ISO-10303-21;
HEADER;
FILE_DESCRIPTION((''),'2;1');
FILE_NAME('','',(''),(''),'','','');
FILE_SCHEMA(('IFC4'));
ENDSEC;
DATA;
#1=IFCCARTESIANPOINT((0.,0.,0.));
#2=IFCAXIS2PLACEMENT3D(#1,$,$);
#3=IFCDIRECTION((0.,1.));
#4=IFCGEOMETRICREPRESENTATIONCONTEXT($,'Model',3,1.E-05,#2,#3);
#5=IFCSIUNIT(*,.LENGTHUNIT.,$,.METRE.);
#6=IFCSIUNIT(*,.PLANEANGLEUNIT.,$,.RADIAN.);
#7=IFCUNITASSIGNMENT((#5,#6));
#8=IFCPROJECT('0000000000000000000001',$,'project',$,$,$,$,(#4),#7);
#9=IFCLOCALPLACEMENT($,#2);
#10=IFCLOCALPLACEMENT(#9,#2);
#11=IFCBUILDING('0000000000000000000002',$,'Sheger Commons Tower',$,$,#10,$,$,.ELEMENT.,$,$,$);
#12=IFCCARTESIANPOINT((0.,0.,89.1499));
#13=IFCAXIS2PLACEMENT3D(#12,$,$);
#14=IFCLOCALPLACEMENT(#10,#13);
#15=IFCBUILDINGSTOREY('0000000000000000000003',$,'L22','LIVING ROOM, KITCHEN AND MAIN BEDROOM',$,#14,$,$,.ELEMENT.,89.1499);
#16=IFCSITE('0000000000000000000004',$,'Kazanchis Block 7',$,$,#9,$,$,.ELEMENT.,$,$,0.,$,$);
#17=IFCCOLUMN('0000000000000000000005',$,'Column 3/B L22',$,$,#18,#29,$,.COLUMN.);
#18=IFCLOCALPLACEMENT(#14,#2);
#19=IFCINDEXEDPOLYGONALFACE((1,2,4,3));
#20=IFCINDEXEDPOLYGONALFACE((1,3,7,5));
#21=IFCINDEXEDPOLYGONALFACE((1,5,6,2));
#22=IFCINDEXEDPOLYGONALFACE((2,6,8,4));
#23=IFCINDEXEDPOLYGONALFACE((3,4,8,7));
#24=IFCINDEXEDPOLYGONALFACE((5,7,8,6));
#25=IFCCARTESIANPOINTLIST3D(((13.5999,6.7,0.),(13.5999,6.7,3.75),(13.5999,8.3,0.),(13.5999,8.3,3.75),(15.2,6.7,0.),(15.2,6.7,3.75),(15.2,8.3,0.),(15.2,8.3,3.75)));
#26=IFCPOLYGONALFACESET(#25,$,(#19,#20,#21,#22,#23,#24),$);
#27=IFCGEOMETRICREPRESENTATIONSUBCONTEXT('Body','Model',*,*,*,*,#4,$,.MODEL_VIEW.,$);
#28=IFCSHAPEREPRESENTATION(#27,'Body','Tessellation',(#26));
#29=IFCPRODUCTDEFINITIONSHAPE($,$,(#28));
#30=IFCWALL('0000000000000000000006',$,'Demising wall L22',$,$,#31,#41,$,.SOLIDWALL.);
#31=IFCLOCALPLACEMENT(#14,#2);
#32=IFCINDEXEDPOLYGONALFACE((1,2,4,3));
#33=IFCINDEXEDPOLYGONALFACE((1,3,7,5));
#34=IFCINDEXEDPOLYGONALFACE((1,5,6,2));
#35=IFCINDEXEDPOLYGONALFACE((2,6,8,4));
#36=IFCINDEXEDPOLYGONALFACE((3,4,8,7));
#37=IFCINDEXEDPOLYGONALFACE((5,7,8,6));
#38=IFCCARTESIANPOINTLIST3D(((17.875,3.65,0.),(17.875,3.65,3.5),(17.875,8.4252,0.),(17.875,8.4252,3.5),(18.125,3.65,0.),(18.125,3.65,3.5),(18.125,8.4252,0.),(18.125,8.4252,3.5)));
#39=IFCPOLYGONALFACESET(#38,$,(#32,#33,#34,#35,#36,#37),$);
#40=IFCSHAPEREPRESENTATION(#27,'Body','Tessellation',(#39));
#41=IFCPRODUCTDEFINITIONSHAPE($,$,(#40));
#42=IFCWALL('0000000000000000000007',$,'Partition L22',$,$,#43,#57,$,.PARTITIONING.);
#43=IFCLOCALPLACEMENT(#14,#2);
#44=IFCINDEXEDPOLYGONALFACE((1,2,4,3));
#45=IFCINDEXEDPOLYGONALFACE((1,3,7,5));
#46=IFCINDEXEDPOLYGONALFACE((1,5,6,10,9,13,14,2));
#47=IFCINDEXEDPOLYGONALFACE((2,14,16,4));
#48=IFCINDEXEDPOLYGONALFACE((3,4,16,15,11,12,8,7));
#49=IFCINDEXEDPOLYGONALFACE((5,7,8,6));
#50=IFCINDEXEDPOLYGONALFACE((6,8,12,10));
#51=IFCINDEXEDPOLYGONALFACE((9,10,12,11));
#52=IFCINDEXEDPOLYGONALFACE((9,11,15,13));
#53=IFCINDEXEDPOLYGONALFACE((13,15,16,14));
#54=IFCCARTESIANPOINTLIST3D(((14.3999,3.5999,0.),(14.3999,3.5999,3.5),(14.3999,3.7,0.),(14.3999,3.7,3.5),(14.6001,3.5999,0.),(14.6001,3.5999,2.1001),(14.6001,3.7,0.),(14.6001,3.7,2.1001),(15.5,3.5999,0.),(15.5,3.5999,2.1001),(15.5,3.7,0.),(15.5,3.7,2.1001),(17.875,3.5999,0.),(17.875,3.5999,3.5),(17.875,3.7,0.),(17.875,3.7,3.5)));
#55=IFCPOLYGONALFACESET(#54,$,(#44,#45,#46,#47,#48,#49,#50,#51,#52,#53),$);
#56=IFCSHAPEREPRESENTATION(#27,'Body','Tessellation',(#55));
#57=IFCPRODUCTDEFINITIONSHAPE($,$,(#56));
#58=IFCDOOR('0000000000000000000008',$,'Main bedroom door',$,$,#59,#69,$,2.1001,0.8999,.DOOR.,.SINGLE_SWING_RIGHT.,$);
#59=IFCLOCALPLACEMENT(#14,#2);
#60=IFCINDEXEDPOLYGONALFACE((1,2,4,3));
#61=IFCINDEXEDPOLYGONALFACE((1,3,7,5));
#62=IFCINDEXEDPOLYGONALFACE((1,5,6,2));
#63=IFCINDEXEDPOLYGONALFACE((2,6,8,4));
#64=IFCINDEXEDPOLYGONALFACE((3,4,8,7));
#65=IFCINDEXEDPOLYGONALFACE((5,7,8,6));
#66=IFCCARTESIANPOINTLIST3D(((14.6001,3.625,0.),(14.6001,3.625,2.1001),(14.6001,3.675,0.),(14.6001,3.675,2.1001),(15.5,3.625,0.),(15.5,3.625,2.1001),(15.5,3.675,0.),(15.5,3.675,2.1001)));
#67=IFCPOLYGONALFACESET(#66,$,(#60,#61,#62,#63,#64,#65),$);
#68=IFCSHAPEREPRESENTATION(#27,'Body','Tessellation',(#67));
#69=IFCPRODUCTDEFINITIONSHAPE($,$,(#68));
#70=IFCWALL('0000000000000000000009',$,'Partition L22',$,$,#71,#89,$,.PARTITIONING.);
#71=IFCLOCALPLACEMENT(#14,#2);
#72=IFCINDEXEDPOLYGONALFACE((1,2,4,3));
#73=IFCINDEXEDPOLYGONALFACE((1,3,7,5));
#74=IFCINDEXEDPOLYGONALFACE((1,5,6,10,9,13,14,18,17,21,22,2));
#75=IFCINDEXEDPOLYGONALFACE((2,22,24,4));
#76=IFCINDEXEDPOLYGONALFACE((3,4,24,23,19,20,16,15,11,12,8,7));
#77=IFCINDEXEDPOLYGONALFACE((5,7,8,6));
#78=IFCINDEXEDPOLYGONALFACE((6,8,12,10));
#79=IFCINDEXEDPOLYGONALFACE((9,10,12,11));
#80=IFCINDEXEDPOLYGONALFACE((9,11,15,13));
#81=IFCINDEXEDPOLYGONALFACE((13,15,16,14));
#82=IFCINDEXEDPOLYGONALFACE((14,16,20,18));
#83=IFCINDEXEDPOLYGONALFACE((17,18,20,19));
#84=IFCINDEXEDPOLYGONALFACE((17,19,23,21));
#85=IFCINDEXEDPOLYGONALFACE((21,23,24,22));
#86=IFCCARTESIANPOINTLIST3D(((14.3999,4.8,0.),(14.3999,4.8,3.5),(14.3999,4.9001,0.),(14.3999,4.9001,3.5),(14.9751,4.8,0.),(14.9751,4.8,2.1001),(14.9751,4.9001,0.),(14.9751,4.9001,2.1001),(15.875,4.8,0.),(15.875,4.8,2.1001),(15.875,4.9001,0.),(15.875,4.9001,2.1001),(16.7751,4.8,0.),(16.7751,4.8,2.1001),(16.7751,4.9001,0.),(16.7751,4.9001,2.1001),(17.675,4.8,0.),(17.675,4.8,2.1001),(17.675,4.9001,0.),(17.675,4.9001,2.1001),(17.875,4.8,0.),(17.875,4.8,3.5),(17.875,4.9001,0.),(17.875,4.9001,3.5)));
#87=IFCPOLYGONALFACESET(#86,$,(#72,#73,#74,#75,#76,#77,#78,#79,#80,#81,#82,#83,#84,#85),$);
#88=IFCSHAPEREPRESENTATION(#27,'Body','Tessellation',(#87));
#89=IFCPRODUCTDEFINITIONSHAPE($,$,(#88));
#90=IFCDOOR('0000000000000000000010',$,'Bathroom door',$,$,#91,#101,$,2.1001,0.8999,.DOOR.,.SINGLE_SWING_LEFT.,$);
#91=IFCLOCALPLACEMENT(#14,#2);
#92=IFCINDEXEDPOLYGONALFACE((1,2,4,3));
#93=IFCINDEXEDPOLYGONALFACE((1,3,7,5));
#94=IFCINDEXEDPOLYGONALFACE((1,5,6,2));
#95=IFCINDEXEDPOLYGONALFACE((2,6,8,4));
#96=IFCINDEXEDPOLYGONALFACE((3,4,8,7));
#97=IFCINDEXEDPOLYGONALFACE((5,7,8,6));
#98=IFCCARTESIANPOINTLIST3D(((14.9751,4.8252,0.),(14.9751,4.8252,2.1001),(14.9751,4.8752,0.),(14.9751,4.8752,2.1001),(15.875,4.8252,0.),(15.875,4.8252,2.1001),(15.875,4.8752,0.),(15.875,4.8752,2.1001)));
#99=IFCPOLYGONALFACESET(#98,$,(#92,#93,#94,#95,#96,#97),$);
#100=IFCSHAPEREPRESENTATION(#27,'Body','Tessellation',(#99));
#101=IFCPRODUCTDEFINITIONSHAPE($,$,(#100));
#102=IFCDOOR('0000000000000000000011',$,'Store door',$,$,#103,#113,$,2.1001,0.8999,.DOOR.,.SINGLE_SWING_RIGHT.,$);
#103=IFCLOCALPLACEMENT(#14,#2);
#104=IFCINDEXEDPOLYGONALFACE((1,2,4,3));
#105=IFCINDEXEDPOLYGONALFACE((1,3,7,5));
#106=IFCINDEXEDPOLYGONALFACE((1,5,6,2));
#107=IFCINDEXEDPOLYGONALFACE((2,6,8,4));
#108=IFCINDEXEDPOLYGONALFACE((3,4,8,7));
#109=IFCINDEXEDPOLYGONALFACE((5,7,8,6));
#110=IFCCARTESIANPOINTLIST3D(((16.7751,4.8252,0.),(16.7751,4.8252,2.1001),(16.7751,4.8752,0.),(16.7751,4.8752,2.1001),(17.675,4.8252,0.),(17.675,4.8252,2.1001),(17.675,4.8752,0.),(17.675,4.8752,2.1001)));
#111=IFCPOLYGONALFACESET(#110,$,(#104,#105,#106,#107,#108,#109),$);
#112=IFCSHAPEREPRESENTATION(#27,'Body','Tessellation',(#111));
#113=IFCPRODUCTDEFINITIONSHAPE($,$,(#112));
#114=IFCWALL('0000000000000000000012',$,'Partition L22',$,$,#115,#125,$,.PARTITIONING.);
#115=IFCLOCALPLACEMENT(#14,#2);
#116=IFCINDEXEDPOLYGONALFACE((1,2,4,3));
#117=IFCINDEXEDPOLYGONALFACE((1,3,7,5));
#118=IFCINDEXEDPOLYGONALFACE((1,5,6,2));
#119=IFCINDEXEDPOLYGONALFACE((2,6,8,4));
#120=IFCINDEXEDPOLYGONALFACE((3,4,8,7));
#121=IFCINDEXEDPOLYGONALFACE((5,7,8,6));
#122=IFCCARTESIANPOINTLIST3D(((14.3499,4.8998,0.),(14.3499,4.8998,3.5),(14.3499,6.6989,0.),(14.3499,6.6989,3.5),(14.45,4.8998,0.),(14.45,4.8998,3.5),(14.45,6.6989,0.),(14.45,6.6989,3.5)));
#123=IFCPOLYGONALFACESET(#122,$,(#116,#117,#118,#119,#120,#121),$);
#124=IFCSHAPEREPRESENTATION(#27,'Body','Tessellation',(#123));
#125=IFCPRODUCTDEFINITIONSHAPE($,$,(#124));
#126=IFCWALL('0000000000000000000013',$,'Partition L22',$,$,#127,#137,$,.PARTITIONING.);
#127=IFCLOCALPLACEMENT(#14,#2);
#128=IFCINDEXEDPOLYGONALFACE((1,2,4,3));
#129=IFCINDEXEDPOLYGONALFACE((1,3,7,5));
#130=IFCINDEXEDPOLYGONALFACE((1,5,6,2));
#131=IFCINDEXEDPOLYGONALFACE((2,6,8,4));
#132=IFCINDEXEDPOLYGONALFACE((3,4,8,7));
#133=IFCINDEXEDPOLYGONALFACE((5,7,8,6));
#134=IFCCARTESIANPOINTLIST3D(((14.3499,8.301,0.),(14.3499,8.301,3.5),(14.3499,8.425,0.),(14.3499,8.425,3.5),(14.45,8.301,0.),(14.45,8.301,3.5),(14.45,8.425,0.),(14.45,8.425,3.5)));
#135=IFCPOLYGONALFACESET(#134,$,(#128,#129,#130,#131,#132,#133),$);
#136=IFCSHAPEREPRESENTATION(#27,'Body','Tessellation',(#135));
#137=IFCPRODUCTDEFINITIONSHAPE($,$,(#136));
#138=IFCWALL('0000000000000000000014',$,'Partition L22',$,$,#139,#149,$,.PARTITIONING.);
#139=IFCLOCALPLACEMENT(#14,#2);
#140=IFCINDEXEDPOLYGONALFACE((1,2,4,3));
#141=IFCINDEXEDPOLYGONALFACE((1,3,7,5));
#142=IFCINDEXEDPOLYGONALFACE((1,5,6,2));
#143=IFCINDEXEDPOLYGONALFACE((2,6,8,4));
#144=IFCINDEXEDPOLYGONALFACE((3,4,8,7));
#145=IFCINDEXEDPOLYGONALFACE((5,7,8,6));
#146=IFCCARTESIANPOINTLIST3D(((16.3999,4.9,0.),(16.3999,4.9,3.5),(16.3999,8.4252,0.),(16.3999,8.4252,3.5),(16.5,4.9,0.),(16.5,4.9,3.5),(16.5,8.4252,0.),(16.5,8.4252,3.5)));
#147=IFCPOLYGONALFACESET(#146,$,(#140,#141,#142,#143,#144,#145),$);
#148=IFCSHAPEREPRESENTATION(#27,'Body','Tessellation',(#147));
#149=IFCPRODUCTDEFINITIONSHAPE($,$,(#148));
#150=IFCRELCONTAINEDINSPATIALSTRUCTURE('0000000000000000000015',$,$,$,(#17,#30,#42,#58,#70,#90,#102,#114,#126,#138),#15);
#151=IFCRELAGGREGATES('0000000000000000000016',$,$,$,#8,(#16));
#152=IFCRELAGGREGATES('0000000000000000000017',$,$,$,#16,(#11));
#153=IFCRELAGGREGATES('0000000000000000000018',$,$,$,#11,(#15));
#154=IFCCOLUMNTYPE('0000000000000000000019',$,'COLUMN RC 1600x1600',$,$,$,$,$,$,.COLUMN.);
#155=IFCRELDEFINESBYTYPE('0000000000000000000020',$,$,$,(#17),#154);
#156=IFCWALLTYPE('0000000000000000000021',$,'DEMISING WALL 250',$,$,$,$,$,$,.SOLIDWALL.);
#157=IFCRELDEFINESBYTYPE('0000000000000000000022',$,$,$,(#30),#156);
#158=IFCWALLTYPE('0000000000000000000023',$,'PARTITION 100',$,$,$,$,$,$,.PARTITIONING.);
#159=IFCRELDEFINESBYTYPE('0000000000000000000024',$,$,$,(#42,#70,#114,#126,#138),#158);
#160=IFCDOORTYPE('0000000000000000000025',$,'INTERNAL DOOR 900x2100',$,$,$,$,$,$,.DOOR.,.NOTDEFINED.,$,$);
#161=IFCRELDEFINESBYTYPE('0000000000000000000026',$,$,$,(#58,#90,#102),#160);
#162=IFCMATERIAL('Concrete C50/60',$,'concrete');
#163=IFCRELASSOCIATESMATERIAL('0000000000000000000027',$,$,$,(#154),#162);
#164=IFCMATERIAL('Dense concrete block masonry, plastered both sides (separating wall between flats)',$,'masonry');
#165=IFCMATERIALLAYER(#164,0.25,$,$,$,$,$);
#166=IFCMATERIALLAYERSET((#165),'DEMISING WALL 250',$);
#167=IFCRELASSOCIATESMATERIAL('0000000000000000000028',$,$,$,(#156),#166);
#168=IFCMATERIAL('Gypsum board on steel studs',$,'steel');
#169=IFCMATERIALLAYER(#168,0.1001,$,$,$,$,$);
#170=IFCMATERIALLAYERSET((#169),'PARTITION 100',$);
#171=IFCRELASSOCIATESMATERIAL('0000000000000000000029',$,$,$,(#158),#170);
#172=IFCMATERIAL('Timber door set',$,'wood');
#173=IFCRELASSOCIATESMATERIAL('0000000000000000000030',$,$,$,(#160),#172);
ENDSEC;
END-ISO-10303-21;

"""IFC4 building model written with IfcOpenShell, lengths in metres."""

from ifc_helpers import new_model, si_unit, direction, frame, frame_2d, origin, origin_2d, place, context, subcontext, project, spatial, rectangle, extrude, material, layer, layer_set, material_profile, profile_set, type_object, element, fill, save


model = new_model("IFC4")

# Units and contexts
model_context = context("Model", 3, precision=1e-05, world=origin(), true_north=direction((0.0, 1.0)))
body_context = subcontext(model_context, "Body", "Model", "MODEL_VIEW")
ifc_project = project(units=[si_unit("LENGTHUNIT", "METRE"), si_unit("PLANEANGLEUNIT", "RADIAN")], contexts=[model_context])

# Site, building, storey
site_placement = place(None, origin())
site = spatial("IfcSite", under=ifc_project, at=site_placement, Name="Kazanchis Block 7", CompositionType="ELEMENT", RefElevation=0.0)
building_placement = place(site_placement, origin())
building = spatial("IfcBuilding", under=site, at=building_placement, Name="Sheger Commons Tower", CompositionType="ELEMENT")
storey_placement = place(building_placement, frame((0.0, 0.0, 89.1499)))
storey = spatial("IfcBuildingStorey", under=building, at=storey_placement, Name="L22", Description="LIVING ROOM, KITCHEN AND MAIN BEDROOM", CompositionType="ELEMENT", Elevation=89.1499)

# Column
ifc_material_1 = material(Name="Concrete C50/60", Category="concrete")
ifc_material_profile = material_profile(ifc_material_1, rectangle(XDim=1.6001, YDim=1.6001, at=origin_2d()), Name="RC 1600x1600")
ifc_profile_set = profile_set([ifc_material_profile], Name="Concrete C50/60")
column_type = type_object("IfcColumnType", Name="COLUMN RC 1600x1600", PredefinedType="COLUMN", material=ifc_profile_set)
column_placement = place(storey_placement, frame((14.3999, 7.5, 0.0), z_axis=(0.0, 0.0, 1.0), x_axis=(1.0, 0.0, 0.0)))
element("IfcColumn", 1, at=column_placement, inside=storey, type_object=column_type, Name="Column 3/B L22", PredefinedType="COLUMN", context=body_context, shape_type="SweptSolid", body=[
    extrude(rectangle(XDim=1.6001, YDim=1.6001, at=origin_2d()), origin(), (0.0, 0.0, 1.0), 3.75),
])

# Wall
ifc_material_2 = material(Name="Dense concrete block masonry, plastered both sides (separating wall between flats)", Category="masonry")
ifc_layer_1 = layer(ifc_material_2, 0.25)
ifc_layer_set_1 = layer_set([ifc_layer_1], Name="DEMISING WALL 250")
wall_type_1 = type_object("IfcWallType", Name="DEMISING WALL 250", PredefinedType="SOLIDWALL", material=ifc_layer_set_1)
wall_1_placement = place(storey_placement, frame((18.0, 3.6499, 0.0), z_axis=(0.0, 0.0, 1.0), x_axis=(0.0, 1.0, 0.0)))
element("IfcWall", 2, at=wall_1_placement, inside=storey, type_object=wall_type_1, Name="Demising wall L22", PredefinedType="SOLIDWALL", context=body_context, shape_type="SweptSolid", body=[
    extrude(rectangle(XDim=4.7751, YDim=0.25, at=frame_2d((2.3877, 0.0))), origin(), (0.0, 0.0, 1.0), 3.5),
])

# Wall, opening, door
ifc_material_3 = material(Name="Gypsum board on steel studs", Category="steel")
ifc_layer_2 = layer(ifc_material_3, 0.1001)
ifc_layer_set_2 = layer_set([ifc_layer_2], Name="PARTITION 100")
wall_type_2 = type_object("IfcWallType", Name="PARTITION 100", PredefinedType="PARTITIONING", material=ifc_layer_set_2)
wall_2_placement = place(storey_placement, frame((17.875, 3.6499, 0.0), z_axis=(0.0, 0.0, 1.0), x_axis=(-1.0, 0.0, 0.0)))
wall_2 = element("IfcWall", 3, at=wall_2_placement, inside=storey, type_object=wall_type_2, Name="Partition L22", PredefinedType="PARTITIONING", context=body_context, shape_type="SweptSolid", body=[
    extrude(rectangle(XDim=3.4751, YDim=0.1001, at=frame_2d((1.7375, 0.0))), origin(), (0.0, 0.0, 1.0), 3.5),
])
opening_1_placement = place(wall_2_placement, frame((2.375, 0.0, 0.0)))
opening_1 = element("IfcOpeningElement", 4, at=opening_1_placement, cuts=wall_2, PredefinedType="OPENING", context=body_context, shape_type="SweptSolid", body=[
    extrude(rectangle(XDim=0.8999, YDim=2.1001, at=frame_2d((0.45, 1.05))), frame((0.0, 0.0601, 0.0), z_axis=(0.0, -1.0, 0.0), x_axis=(1.0, 0.0, 0.0)), (0.0, 0.0, 1.0), 0.1201),
])
ifc_material_4 = material(Name="Timber door set", Category="wood")
door_type_1 = type_object("IfcDoorType", Name="INTERNAL DOOR 900x2100", OperationType="NOTDEFINED", PredefinedType="DOOR", material=ifc_material_4)
door_1_placement = place(opening_1_placement, origin())
door_1 = element("IfcDoor", 5, at=door_1_placement, inside=storey, type_object=door_type_1, Name="Main bedroom door", OperationType="SINGLE_SWING_RIGHT", OverallHeight=2.1001, OverallWidth=0.8999, PredefinedType="DOOR", context=body_context, shape_type="SweptSolid", body=[
    extrude(rectangle(XDim=0.8999, YDim=2.1001, at=frame_2d((0.45, 1.05))), frame((0.0, 0.0249, 0.0), z_axis=(0.0, -1.0, 0.0), x_axis=(1.0, 0.0, 0.0)), (0.0, 0.0, 1.0), 0.05),
])
fill(opening_1, door_1)

# Wall, openings, doors
wall_3_placement = place(storey_placement, frame((17.875, 4.8501, 0.0), z_axis=(0.0, 0.0, 1.0), x_axis=(-1.0, 0.0, 0.0)))
wall_3 = element("IfcWall", 6, at=wall_3_placement, inside=storey, type_object=wall_type_2, Name="Partition L22", PredefinedType="PARTITIONING", context=body_context, shape_type="SweptSolid", body=[
    extrude(rectangle(XDim=3.4751, YDim=0.1001, at=frame_2d((1.7375, 0.0))), origin(), (0.0, 0.0, 1.0), 3.5),
])
opening_2_placement = place(wall_3_placement, frame((2.0, 0.0, 0.0)))
opening_2 = element("IfcOpeningElement", 7, at=opening_2_placement, cuts=wall_3, PredefinedType="OPENING", context=body_context, shape_type="SweptSolid", body=[
    extrude(rectangle(XDim=0.8999, YDim=2.1001, at=frame_2d((0.45, 1.05))), frame((0.0, 0.0601, 0.0), z_axis=(0.0, -1.0, 0.0), x_axis=(1.0, 0.0, 0.0)), (0.0, 0.0, 1.0), 0.1201),
])
opening_3_placement = place(wall_3_placement, frame((0.2, 0.0, 0.0)))
opening_3 = element("IfcOpeningElement", 8, at=opening_3_placement, cuts=wall_3, PredefinedType="OPENING", context=body_context, shape_type="SweptSolid", body=[
    extrude(rectangle(XDim=0.8999, YDim=2.1001, at=frame_2d((0.45, 1.05))), frame((0.0, 0.0601, 0.0), z_axis=(0.0, -1.0, 0.0), x_axis=(1.0, 0.0, 0.0)), (0.0, 0.0, 1.0), 0.1201),
])
door_2_placement = place(opening_2_placement, origin())
door_2 = element("IfcDoor", 9, at=door_2_placement, inside=storey, type_object=door_type_1, Name="Bathroom door", OperationType="SINGLE_SWING_LEFT", OverallHeight=2.1001, OverallWidth=0.8999, PredefinedType="DOOR", context=body_context, shape_type="SweptSolid", body=[
    extrude(rectangle(XDim=0.8999, YDim=2.1001, at=frame_2d((0.45, 1.05))), frame((0.0, 0.0249, 0.0), z_axis=(0.0, -1.0, 0.0), x_axis=(1.0, 0.0, 0.0)), (0.0, 0.0, 1.0), 0.05),
])
fill(opening_2, door_2)
door_3_placement = place(opening_3_placement, origin())
door_3 = element("IfcDoor", 10, at=door_3_placement, inside=storey, type_object=door_type_1, Name="Store door", OperationType="SINGLE_SWING_RIGHT", OverallHeight=2.1001, OverallWidth=0.8999, PredefinedType="DOOR", context=body_context, shape_type="SweptSolid", body=[
    extrude(rectangle(XDim=0.8999, YDim=2.1001, at=frame_2d((0.45, 1.05))), frame((0.0, 0.0249, 0.0), z_axis=(0.0, -1.0, 0.0), x_axis=(1.0, 0.0, 0.0)), (0.0, 0.0, 1.0), 0.05),
])
fill(opening_3, door_3)

# Walls
wall_4_placement = place(storey_placement, frame((14.3999, 4.8999, 0.0), z_axis=(0.0, 0.0, 1.0), x_axis=(0.0, 1.0, 0.0)))
element("IfcWall", 11, at=wall_4_placement, inside=storey, type_object=wall_type_2, Name="Partition L22", PredefinedType="PARTITIONING", context=body_context, shape_type="SweptSolid", body=[
    extrude(rectangle(XDim=1.7991, YDim=0.1001, at=frame_2d((0.8994, 0.0))), origin(), (0.0, 0.0, 1.0), 3.5),
])
wall_5_placement = place(storey_placement, frame((14.3999, 8.301, 0.0), z_axis=(0.0, 0.0, 1.0), x_axis=(0.0, 1.0, 0.0)))
element("IfcWall", 12, at=wall_5_placement, inside=storey, type_object=wall_type_2, Name="Partition L22", PredefinedType="PARTITIONING", context=body_context, shape_type="SweptSolid", body=[
    extrude(rectangle(XDim=0.124, YDim=0.1001, at=frame_2d((0.062, 0.0))), origin(), (0.0, 0.0, 1.0), 3.5),
])
wall_6_placement = place(storey_placement, frame((16.45, 4.8999, 0.0), z_axis=(0.0, 0.0, 1.0), x_axis=(0.0, 1.0, 0.0)))
element("IfcWall", 13, at=wall_6_placement, inside=storey, type_object=wall_type_2, Name="Partition L22", PredefinedType="PARTITIONING", context=body_context, shape_type="SweptSolid", body=[
    extrude(rectangle(XDim=3.5251, YDim=0.1001, at=frame_2d((1.7627, 0.0))), origin(), (0.0, 0.0, 1.0), 3.5),
])

save(model, "model.ifc")
